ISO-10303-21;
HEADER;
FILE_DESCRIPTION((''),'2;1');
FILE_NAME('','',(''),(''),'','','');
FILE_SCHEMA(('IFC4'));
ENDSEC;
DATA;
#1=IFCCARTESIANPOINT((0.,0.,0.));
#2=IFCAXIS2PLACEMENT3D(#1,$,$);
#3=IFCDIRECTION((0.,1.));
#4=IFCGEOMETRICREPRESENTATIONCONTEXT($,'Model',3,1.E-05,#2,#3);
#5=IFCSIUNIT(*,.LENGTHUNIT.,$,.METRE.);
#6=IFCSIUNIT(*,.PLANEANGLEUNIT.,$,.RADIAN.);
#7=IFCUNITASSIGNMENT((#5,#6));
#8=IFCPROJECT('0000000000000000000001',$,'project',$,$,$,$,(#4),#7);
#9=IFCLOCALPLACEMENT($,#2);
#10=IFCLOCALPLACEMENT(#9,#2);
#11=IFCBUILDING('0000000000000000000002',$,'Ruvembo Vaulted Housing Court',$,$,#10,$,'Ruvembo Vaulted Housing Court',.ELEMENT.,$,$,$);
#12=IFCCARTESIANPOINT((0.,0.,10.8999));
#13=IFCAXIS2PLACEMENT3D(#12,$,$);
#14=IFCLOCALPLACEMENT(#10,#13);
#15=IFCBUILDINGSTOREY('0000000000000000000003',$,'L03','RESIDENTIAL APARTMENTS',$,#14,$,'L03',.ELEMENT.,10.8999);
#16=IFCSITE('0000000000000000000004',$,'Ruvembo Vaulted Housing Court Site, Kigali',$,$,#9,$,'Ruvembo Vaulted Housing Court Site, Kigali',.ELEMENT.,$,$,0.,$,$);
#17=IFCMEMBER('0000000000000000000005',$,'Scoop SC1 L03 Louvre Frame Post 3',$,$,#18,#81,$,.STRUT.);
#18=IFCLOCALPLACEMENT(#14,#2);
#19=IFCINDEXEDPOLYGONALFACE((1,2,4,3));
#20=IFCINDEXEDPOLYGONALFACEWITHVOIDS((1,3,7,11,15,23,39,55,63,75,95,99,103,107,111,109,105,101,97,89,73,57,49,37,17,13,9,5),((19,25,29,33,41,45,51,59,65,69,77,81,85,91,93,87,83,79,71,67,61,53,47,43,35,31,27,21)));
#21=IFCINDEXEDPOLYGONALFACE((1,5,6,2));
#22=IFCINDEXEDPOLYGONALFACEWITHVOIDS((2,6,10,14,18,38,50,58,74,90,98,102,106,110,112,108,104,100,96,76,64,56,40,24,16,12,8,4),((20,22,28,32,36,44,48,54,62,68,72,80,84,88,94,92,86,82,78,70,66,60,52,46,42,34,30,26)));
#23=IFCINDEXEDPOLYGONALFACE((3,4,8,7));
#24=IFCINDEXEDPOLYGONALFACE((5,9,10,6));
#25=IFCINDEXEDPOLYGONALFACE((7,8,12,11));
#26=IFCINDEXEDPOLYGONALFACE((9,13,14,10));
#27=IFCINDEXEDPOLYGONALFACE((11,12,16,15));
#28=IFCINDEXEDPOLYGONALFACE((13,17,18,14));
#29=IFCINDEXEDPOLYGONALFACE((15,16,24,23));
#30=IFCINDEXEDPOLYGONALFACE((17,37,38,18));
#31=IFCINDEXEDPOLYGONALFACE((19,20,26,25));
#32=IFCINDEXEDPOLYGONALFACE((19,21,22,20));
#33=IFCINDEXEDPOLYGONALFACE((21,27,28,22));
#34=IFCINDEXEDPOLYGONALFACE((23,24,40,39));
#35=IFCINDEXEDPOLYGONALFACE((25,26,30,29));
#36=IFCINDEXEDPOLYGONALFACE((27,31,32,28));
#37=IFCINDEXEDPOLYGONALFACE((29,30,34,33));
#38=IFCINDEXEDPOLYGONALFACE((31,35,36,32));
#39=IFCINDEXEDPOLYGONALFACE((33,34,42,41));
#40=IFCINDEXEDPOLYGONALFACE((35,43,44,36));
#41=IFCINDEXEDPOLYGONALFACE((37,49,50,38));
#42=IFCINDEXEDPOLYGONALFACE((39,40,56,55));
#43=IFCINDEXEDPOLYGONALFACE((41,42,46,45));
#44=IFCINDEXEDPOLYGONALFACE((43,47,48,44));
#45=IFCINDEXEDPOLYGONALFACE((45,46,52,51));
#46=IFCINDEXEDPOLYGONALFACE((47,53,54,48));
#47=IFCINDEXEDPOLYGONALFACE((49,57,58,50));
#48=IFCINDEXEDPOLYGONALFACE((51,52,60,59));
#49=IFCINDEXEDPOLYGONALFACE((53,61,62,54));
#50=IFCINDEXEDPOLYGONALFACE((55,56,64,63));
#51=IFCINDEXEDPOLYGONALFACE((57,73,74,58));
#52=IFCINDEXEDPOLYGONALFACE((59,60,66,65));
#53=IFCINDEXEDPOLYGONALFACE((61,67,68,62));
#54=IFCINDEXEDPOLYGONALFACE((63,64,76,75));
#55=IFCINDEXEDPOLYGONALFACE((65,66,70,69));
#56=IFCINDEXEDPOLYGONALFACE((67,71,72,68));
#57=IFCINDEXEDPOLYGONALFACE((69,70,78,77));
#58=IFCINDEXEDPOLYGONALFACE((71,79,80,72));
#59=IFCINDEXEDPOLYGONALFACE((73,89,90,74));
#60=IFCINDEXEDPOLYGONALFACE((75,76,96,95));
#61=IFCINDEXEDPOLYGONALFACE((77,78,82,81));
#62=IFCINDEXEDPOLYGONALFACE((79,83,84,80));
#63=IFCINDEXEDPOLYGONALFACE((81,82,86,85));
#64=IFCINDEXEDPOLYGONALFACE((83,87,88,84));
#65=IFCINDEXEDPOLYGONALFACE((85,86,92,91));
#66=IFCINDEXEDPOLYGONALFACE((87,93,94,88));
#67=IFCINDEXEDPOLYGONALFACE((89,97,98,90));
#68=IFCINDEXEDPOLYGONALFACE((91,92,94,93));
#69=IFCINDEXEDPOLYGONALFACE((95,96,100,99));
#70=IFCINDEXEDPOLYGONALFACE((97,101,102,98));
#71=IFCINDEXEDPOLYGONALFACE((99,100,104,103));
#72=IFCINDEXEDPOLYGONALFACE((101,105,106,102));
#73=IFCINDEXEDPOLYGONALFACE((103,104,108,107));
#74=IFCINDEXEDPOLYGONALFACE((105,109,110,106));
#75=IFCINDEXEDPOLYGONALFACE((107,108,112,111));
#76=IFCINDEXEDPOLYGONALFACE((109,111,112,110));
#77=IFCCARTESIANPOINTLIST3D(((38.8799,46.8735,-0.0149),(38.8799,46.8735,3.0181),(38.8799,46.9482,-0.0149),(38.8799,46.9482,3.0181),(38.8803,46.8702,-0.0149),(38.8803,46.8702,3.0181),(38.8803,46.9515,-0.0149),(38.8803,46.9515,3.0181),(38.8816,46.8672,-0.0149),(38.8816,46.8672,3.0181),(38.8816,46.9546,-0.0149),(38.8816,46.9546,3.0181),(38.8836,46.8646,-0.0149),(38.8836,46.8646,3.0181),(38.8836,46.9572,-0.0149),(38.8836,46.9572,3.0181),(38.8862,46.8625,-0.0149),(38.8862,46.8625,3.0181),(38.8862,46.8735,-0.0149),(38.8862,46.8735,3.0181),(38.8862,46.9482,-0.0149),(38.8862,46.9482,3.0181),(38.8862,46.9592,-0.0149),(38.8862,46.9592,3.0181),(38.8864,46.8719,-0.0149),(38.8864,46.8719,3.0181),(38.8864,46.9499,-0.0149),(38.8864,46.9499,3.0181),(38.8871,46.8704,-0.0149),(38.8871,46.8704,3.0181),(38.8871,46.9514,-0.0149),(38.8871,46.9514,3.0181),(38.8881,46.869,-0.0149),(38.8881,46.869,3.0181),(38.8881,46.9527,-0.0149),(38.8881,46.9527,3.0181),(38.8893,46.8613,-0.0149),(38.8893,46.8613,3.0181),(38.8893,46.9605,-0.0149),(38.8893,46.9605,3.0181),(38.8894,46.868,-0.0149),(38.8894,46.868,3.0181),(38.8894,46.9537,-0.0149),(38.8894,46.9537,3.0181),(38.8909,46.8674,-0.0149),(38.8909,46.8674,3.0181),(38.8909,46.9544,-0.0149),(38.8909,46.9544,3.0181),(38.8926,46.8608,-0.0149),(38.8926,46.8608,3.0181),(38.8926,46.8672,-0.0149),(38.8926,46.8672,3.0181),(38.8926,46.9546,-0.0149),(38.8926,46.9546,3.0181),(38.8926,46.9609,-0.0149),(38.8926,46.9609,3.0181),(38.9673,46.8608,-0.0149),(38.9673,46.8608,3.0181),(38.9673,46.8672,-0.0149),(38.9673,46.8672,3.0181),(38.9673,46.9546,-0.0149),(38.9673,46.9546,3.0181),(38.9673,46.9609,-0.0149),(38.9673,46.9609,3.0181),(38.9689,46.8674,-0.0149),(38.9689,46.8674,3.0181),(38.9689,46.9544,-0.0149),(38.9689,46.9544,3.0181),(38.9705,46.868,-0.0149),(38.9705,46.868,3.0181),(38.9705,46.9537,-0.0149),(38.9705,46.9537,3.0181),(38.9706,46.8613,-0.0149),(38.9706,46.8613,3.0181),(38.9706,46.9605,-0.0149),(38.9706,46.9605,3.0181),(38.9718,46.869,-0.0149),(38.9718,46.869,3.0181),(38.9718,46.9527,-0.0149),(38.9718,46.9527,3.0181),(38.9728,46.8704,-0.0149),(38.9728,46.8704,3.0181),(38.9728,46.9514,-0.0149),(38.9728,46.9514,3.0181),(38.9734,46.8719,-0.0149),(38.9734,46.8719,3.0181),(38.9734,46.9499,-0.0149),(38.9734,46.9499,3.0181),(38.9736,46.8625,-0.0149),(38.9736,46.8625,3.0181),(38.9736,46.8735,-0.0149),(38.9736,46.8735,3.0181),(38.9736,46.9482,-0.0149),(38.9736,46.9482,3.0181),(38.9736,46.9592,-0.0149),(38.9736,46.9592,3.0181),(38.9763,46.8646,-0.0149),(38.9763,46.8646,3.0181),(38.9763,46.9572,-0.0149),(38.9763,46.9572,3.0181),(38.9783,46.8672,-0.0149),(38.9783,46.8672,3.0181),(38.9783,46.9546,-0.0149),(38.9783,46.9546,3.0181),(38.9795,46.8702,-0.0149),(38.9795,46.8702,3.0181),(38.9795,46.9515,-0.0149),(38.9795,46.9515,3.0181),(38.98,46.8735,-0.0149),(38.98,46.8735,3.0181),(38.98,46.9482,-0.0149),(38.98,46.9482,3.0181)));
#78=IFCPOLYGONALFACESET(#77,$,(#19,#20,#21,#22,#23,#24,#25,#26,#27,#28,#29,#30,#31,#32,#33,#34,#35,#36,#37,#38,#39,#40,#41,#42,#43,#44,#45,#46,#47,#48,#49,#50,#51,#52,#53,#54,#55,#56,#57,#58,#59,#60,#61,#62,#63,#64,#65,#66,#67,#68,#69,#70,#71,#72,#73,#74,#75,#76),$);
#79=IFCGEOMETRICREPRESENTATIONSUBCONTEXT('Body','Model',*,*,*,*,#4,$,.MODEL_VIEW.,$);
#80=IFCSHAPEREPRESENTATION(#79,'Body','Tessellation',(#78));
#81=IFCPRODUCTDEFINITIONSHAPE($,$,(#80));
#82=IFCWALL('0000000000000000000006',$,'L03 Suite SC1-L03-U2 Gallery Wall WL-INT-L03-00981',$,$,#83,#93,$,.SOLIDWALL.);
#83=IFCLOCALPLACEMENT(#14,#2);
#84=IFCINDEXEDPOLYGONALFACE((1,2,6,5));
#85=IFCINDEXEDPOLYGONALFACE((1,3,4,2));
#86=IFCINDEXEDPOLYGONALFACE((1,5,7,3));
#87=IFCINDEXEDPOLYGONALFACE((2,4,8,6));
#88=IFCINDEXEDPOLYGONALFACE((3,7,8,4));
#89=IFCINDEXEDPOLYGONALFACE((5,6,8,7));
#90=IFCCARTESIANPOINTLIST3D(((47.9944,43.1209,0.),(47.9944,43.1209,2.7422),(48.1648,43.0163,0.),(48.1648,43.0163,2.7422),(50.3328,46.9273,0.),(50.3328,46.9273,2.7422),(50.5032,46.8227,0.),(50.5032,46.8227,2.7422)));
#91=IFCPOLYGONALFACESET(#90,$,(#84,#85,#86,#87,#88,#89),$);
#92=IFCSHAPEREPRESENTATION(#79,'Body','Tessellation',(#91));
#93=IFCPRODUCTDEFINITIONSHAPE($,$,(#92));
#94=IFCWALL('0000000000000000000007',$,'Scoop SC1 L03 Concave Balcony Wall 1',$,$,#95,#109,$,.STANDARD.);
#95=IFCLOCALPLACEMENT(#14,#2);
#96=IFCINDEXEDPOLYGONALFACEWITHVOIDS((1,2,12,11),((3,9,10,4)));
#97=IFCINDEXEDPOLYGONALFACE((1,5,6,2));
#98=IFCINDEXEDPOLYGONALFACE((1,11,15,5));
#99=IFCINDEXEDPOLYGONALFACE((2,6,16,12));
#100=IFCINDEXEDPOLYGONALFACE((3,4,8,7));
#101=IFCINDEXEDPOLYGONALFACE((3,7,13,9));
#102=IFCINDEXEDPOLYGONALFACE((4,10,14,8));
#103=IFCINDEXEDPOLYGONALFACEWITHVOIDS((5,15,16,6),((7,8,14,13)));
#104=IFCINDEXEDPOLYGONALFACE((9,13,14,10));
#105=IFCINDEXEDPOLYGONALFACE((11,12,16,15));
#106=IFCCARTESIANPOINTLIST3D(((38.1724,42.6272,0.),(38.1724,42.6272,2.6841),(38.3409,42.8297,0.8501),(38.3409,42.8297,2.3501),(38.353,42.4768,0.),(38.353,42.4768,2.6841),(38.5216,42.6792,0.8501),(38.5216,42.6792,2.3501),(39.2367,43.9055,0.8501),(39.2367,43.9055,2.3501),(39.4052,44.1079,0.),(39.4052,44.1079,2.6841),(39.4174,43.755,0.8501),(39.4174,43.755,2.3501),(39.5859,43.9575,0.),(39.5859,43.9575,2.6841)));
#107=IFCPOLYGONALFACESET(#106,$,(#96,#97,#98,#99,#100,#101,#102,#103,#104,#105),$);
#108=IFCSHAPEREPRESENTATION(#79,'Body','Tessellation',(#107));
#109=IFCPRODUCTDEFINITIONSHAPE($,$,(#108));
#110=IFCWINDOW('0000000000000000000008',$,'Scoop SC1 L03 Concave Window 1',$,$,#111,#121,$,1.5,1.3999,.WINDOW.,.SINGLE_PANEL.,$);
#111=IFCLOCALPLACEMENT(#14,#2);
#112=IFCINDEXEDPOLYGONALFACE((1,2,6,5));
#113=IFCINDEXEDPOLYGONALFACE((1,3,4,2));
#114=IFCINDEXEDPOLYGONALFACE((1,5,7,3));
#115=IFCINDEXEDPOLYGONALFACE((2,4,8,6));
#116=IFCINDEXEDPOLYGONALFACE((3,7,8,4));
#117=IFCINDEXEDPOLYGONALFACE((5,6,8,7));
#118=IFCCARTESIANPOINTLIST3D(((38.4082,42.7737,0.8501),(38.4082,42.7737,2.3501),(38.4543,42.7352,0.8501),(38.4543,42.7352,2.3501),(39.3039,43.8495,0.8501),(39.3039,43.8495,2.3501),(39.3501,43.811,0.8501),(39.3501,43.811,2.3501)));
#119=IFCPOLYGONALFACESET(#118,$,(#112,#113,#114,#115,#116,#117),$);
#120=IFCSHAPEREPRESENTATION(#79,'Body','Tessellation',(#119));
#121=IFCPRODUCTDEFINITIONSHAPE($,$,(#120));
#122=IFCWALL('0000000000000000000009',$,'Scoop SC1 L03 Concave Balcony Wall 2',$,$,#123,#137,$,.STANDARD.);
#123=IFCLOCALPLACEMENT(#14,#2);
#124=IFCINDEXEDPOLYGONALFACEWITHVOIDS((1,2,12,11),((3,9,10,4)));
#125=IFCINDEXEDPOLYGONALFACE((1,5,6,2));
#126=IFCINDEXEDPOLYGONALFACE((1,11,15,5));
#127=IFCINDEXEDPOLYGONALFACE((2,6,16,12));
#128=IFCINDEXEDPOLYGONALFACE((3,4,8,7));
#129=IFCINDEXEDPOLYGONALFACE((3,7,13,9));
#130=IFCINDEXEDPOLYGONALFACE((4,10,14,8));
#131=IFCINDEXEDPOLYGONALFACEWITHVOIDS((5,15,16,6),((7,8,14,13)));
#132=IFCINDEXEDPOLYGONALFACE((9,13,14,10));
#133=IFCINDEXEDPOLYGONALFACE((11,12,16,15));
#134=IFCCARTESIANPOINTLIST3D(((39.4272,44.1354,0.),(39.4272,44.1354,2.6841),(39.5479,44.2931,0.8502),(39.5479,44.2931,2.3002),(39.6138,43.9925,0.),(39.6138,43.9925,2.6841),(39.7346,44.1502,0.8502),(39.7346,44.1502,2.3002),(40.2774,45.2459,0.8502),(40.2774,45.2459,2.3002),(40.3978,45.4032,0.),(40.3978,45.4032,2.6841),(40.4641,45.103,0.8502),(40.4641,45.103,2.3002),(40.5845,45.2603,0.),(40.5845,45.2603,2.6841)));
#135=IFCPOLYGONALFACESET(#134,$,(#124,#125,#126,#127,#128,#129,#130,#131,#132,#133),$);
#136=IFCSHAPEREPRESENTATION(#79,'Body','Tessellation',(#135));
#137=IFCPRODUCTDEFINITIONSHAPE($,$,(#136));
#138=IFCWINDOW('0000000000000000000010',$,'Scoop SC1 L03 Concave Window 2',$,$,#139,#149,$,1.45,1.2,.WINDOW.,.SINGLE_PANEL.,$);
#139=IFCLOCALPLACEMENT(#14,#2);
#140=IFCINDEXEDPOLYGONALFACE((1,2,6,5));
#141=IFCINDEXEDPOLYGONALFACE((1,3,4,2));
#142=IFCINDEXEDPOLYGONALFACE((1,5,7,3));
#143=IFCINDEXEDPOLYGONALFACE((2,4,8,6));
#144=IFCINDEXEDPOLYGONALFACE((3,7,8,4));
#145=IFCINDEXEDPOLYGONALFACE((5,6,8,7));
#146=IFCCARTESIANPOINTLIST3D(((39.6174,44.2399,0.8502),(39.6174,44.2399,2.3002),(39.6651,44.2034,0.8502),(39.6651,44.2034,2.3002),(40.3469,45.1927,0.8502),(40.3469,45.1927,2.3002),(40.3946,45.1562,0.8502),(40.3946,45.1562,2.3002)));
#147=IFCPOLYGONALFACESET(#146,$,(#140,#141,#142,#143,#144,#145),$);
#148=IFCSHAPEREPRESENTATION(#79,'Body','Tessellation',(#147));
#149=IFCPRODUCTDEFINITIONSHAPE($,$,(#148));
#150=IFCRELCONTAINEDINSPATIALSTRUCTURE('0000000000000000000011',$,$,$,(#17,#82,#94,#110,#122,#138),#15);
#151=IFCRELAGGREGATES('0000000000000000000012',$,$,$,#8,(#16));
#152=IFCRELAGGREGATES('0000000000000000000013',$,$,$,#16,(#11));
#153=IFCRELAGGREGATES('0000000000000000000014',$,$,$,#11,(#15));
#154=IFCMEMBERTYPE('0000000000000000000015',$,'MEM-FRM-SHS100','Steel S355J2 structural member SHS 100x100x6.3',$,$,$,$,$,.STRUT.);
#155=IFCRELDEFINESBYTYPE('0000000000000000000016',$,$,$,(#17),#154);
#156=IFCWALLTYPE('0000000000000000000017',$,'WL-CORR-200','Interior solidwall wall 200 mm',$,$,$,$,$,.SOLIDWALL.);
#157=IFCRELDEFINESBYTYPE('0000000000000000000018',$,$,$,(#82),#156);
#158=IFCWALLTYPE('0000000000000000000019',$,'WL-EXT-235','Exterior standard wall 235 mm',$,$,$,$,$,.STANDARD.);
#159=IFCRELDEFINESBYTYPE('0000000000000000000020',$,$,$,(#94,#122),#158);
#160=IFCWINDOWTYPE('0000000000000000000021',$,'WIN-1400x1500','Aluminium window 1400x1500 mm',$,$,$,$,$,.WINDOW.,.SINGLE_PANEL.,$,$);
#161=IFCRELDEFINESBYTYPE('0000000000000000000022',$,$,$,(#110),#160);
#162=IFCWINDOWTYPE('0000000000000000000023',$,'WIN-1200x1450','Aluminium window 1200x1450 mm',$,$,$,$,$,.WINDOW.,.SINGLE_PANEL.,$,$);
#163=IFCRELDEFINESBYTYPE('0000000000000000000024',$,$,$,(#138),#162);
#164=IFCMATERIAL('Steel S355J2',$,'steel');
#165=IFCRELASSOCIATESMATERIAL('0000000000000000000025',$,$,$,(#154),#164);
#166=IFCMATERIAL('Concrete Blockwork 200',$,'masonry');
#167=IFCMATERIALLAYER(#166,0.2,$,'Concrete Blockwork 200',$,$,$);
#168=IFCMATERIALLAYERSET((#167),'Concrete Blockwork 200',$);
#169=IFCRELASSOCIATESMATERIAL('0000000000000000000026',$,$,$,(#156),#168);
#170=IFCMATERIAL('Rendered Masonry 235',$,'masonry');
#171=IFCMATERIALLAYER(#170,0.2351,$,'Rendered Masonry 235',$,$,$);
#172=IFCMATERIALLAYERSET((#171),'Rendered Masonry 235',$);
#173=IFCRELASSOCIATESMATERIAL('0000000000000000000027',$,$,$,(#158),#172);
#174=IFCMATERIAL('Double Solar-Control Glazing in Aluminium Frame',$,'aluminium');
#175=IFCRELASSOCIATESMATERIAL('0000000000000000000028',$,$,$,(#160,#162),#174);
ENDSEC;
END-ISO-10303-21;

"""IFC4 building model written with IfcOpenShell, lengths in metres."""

from ifc_helpers import new_model, si_unit, direction, frame, frame_2d, origin, origin_2d, place, context, subcontext, project, spatial, rectangle, hollow_rectangle, extrude, material, layer, layer_set, material_profile, profile_set, type_object, element, fill, save


model = new_model("IFC4")

# Units and contexts
model_context = context("Model", 3, precision=1e-05, world=origin(), true_north=direction((0.0, 1.0)))
body_context = subcontext(model_context, "Body", "Model", "MODEL_VIEW")
ifc_project = project(units=[si_unit("LENGTHUNIT", "METRE"), si_unit("PLANEANGLEUNIT", "RADIAN")], contexts=[model_context])

# Site, building, storey
site_placement = place(None, origin())
site = spatial("IfcSite", under=ifc_project, at=site_placement, Name="Ruvembo Vaulted Housing Court Site, Kigali", LongName="Ruvembo Vaulted Housing Court Site, Kigali", CompositionType="ELEMENT", RefElevation=0.0)
building_placement = place(site_placement, origin())
building = spatial("IfcBuilding", under=site, at=building_placement, Name="Ruvembo Vaulted Housing Court", LongName="Ruvembo Vaulted Housing Court", CompositionType="ELEMENT")
storey_placement = place(building_placement, frame((0.0, 0.0, 10.8999)))
storey = spatial("IfcBuildingStorey", under=building, at=storey_placement, Name="L03", Description="RESIDENTIAL APARTMENTS", LongName="L03", CompositionType="ELEMENT", Elevation=10.8999)

# Shared definitions
ifc_material_1 = material(Name="Steel S355J2", Category="steel")

# Member
ifc_material_profile_1 = material_profile(ifc_material_1, hollow_rectangle(XDim=0.1001, YDim=0.1001, WallThickness=0.0063, InnerFilletRadius=0.0063, OuterFilletRadius=0.0127, at=origin_2d()), Name="SHS 100x100x6.3")
ifc_profile_set_1 = profile_set([ifc_material_profile_1], Name="Steel S355J2")
member_type_1 = type_object("IfcMemberType", Name="MEM-FRM-SHS100", Description="Steel S355J2 structural member SHS 100x100x6.3", PredefinedType="STRUT", material=ifc_profile_set_1)
member_1_placement = place(storey_placement, frame((38.9299, 46.9109, -0.0149), z_axis=(0.0, 0.0, 1.0), x_axis=(1.0, 0.0, 0.0)))
element("IfcMember", 1, at=member_1_placement, inside=storey, type_object=member_type_1, Name="Scoop SC1 L03 Louvre Frame Post 3", PredefinedType="STRUT", context=body_context, shape_type="SweptSolid", body=[
    extrude(hollow_rectangle(XDim=0.1001, YDim=0.1001, WallThickness=0.0063, InnerFilletRadius=0.0063, OuterFilletRadius=0.0127, at=origin_2d()), origin(), (0.0, 0.0, 1.0), 3.033),
])

# Shared definitions
ifc_material_2 = material(Name="Concrete Blockwork 200", Category="masonry")
ifc_layer_1 = layer(ifc_material_2, 0.2, Name="Concrete Blockwork 200")
ifc_layer_set_1 = layer_set([ifc_layer_1], Name="Concrete Blockwork 200")
wall_type_1 = type_object("IfcWallType", Name="WL-CORR-200", Description="Interior solidwall wall 200 mm", PredefinedType="SOLIDWALL", material=ifc_layer_set_1)

# Wall
wall_1_placement = place(storey_placement, frame((48.0796, 43.0686, 0.0), z_axis=(0.0, 0.0, 1.0), x_axis=(0.523445, 0.85206, 0.0)))
element("IfcWall", 2, at=wall_1_placement, inside=storey, type_object=wall_type_1, Name="L03 Suite SC1-L03-U2 Gallery Wall WL-INT-L03-00981", PredefinedType="SOLIDWALL", context=body_context, shape_type="SweptSolid", body=[
    extrude(rectangle(XDim=4.4673, YDim=0.2, at=frame_2d((2.2336, 0.0))), origin(), (0.0, 0.0, 1.0), 2.7422),
])

# Walls, openings, windows
ifc_material_3 = material(Name="Rendered Masonry 235", Category="masonry")
ifc_layer_2 = layer(ifc_material_3, 0.2351, Name="Rendered Masonry 235")
ifc_layer_set_2 = layer_set([ifc_layer_2], Name="Rendered Masonry 235")
wall_type_2 = type_object("IfcWallType", Name="WL-EXT-235", Description="Exterior standard wall 235 mm", PredefinedType="STANDARD", material=ifc_layer_set_2)
wall_2_placement = place(storey_placement, frame((38.2627, 42.552, 0.0), z_axis=(0.0, 0.0, 1.0), x_axis=(0.639873, 0.768481, 0.0)))
wall_2 = element("IfcWall", 3, at=wall_2_placement, inside=storey, type_object=wall_type_2, Name="Scoop SC1 L03 Concave Balcony Wall 1", PredefinedType="STANDARD", context=body_context, shape_type="SweptSolid", body=[
    extrude(rectangle(XDim=1.9268, YDim=0.2351, at=frame_2d((0.9634, 0.0))), origin(), (0.0, 0.0, 1.0), 2.6841),
])
opening_1_placement = place(wall_2_placement, frame((0.2634, 0.0, 0.8501)))
opening_1 = element("IfcOpeningElement", 4, at=opening_1_placement, cuts=wall_2, PredefinedType="OPENING", context=body_context, shape_type="SweptSolid", body=[
    extrude(rectangle(XDim=1.3999, YDim=1.5, at=frame_2d((0.7, 0.75))), frame((0.0, 0.1274, 0.0), z_axis=(0.0, -1.0, 0.0), x_axis=(1.0, 0.0, 0.0)), (0.0, 0.0, 1.0), 0.2551),
])
ifc_material_4 = material(Name="Double Solar-Control Glazing in Aluminium Frame", Category="aluminium")
window_type_1 = type_object("IfcWindowType", Name="WIN-1400x1500", Description="Aluminium window 1400x1500 mm", PartitioningType="SINGLE_PANEL", PredefinedType="WINDOW", material=ifc_material_4)
window_1_placement = place(opening_1_placement, origin())
window_1 = element("IfcWindow", 5, at=window_1_placement, inside=storey, type_object=window_type_1, Name="Scoop SC1 L03 Concave Window 1", OverallHeight=1.5, OverallWidth=1.3999, PartitioningType="SINGLE_PANEL", PredefinedType="WINDOW", context=body_context, shape_type="SweptSolid", body=[
    extrude(rectangle(XDim=1.3999, YDim=1.5, at=frame_2d((0.7, 0.75))), frame((0.0, 0.03, 0.0), z_axis=(0.0, -1.0, 0.0), x_axis=(1.0, 0.0, 0.0)), (0.0, 0.0, 1.0), 0.0601),
])
fill(opening_1, window_1)
wall_3_placement = place(storey_placement, frame((39.5205, 44.064, 0.0), z_axis=(0.0, 0.0, 1.0), x_axis=(0.607921, 0.793997, 0.0)))
wall_3 = element("IfcWall", 6, at=wall_3_placement, inside=storey, type_object=wall_type_2, Name="Scoop SC1 L03 Concave Balcony Wall 2", PredefinedType="STANDARD", context=body_context, shape_type="SweptSolid", body=[
    extrude(rectangle(XDim=1.5967, YDim=0.2351, at=frame_2d((0.7983, 0.0))), origin(), (0.0, 0.0, 1.0), 2.6841),
])
opening_2_placement = place(wall_3_placement, frame((0.1985, 0.0, 0.8501)))
opening_2 = element("IfcOpeningElement", 7, at=opening_2_placement, cuts=wall_3, PredefinedType="OPENING", context=body_context, shape_type="SweptSolid", body=[
    extrude(rectangle(XDim=1.2, YDim=1.45, at=frame_2d((0.6001, 0.7251))), frame((0.0, 0.1274, 0.0), z_axis=(0.0, -1.0, 0.0), x_axis=(1.0, 0.0, 0.0)), (0.0, 0.0, 1.0), 0.2551),
])
window_type_2 = type_object("IfcWindowType", Name="WIN-1200x1450", Description="Aluminium window 1200x1450 mm", PartitioningType="SINGLE_PANEL", PredefinedType="WINDOW", material=ifc_material_4)
window_2_placement = place(opening_2_placement, origin())
window_2 = element("IfcWindow", 8, at=window_2_placement, inside=storey, type_object=window_type_2, Name="Scoop SC1 L03 Concave Window 2", OverallHeight=1.45, OverallWidth=1.2, PartitioningType="SINGLE_PANEL", PredefinedType="WINDOW", context=body_context, shape_type="SweptSolid", body=[
    extrude(rectangle(XDim=1.2, YDim=1.45, at=frame_2d((0.6001, 0.7251))), frame((0.0, 0.03, 0.0), z_axis=(0.0, -1.0, 0.0), x_axis=(1.0, 0.0, 0.0)), (0.0, 0.0, 1.0), 0.0601),
])
fill(opening_2, window_2)

save(model, "model.ifc")
